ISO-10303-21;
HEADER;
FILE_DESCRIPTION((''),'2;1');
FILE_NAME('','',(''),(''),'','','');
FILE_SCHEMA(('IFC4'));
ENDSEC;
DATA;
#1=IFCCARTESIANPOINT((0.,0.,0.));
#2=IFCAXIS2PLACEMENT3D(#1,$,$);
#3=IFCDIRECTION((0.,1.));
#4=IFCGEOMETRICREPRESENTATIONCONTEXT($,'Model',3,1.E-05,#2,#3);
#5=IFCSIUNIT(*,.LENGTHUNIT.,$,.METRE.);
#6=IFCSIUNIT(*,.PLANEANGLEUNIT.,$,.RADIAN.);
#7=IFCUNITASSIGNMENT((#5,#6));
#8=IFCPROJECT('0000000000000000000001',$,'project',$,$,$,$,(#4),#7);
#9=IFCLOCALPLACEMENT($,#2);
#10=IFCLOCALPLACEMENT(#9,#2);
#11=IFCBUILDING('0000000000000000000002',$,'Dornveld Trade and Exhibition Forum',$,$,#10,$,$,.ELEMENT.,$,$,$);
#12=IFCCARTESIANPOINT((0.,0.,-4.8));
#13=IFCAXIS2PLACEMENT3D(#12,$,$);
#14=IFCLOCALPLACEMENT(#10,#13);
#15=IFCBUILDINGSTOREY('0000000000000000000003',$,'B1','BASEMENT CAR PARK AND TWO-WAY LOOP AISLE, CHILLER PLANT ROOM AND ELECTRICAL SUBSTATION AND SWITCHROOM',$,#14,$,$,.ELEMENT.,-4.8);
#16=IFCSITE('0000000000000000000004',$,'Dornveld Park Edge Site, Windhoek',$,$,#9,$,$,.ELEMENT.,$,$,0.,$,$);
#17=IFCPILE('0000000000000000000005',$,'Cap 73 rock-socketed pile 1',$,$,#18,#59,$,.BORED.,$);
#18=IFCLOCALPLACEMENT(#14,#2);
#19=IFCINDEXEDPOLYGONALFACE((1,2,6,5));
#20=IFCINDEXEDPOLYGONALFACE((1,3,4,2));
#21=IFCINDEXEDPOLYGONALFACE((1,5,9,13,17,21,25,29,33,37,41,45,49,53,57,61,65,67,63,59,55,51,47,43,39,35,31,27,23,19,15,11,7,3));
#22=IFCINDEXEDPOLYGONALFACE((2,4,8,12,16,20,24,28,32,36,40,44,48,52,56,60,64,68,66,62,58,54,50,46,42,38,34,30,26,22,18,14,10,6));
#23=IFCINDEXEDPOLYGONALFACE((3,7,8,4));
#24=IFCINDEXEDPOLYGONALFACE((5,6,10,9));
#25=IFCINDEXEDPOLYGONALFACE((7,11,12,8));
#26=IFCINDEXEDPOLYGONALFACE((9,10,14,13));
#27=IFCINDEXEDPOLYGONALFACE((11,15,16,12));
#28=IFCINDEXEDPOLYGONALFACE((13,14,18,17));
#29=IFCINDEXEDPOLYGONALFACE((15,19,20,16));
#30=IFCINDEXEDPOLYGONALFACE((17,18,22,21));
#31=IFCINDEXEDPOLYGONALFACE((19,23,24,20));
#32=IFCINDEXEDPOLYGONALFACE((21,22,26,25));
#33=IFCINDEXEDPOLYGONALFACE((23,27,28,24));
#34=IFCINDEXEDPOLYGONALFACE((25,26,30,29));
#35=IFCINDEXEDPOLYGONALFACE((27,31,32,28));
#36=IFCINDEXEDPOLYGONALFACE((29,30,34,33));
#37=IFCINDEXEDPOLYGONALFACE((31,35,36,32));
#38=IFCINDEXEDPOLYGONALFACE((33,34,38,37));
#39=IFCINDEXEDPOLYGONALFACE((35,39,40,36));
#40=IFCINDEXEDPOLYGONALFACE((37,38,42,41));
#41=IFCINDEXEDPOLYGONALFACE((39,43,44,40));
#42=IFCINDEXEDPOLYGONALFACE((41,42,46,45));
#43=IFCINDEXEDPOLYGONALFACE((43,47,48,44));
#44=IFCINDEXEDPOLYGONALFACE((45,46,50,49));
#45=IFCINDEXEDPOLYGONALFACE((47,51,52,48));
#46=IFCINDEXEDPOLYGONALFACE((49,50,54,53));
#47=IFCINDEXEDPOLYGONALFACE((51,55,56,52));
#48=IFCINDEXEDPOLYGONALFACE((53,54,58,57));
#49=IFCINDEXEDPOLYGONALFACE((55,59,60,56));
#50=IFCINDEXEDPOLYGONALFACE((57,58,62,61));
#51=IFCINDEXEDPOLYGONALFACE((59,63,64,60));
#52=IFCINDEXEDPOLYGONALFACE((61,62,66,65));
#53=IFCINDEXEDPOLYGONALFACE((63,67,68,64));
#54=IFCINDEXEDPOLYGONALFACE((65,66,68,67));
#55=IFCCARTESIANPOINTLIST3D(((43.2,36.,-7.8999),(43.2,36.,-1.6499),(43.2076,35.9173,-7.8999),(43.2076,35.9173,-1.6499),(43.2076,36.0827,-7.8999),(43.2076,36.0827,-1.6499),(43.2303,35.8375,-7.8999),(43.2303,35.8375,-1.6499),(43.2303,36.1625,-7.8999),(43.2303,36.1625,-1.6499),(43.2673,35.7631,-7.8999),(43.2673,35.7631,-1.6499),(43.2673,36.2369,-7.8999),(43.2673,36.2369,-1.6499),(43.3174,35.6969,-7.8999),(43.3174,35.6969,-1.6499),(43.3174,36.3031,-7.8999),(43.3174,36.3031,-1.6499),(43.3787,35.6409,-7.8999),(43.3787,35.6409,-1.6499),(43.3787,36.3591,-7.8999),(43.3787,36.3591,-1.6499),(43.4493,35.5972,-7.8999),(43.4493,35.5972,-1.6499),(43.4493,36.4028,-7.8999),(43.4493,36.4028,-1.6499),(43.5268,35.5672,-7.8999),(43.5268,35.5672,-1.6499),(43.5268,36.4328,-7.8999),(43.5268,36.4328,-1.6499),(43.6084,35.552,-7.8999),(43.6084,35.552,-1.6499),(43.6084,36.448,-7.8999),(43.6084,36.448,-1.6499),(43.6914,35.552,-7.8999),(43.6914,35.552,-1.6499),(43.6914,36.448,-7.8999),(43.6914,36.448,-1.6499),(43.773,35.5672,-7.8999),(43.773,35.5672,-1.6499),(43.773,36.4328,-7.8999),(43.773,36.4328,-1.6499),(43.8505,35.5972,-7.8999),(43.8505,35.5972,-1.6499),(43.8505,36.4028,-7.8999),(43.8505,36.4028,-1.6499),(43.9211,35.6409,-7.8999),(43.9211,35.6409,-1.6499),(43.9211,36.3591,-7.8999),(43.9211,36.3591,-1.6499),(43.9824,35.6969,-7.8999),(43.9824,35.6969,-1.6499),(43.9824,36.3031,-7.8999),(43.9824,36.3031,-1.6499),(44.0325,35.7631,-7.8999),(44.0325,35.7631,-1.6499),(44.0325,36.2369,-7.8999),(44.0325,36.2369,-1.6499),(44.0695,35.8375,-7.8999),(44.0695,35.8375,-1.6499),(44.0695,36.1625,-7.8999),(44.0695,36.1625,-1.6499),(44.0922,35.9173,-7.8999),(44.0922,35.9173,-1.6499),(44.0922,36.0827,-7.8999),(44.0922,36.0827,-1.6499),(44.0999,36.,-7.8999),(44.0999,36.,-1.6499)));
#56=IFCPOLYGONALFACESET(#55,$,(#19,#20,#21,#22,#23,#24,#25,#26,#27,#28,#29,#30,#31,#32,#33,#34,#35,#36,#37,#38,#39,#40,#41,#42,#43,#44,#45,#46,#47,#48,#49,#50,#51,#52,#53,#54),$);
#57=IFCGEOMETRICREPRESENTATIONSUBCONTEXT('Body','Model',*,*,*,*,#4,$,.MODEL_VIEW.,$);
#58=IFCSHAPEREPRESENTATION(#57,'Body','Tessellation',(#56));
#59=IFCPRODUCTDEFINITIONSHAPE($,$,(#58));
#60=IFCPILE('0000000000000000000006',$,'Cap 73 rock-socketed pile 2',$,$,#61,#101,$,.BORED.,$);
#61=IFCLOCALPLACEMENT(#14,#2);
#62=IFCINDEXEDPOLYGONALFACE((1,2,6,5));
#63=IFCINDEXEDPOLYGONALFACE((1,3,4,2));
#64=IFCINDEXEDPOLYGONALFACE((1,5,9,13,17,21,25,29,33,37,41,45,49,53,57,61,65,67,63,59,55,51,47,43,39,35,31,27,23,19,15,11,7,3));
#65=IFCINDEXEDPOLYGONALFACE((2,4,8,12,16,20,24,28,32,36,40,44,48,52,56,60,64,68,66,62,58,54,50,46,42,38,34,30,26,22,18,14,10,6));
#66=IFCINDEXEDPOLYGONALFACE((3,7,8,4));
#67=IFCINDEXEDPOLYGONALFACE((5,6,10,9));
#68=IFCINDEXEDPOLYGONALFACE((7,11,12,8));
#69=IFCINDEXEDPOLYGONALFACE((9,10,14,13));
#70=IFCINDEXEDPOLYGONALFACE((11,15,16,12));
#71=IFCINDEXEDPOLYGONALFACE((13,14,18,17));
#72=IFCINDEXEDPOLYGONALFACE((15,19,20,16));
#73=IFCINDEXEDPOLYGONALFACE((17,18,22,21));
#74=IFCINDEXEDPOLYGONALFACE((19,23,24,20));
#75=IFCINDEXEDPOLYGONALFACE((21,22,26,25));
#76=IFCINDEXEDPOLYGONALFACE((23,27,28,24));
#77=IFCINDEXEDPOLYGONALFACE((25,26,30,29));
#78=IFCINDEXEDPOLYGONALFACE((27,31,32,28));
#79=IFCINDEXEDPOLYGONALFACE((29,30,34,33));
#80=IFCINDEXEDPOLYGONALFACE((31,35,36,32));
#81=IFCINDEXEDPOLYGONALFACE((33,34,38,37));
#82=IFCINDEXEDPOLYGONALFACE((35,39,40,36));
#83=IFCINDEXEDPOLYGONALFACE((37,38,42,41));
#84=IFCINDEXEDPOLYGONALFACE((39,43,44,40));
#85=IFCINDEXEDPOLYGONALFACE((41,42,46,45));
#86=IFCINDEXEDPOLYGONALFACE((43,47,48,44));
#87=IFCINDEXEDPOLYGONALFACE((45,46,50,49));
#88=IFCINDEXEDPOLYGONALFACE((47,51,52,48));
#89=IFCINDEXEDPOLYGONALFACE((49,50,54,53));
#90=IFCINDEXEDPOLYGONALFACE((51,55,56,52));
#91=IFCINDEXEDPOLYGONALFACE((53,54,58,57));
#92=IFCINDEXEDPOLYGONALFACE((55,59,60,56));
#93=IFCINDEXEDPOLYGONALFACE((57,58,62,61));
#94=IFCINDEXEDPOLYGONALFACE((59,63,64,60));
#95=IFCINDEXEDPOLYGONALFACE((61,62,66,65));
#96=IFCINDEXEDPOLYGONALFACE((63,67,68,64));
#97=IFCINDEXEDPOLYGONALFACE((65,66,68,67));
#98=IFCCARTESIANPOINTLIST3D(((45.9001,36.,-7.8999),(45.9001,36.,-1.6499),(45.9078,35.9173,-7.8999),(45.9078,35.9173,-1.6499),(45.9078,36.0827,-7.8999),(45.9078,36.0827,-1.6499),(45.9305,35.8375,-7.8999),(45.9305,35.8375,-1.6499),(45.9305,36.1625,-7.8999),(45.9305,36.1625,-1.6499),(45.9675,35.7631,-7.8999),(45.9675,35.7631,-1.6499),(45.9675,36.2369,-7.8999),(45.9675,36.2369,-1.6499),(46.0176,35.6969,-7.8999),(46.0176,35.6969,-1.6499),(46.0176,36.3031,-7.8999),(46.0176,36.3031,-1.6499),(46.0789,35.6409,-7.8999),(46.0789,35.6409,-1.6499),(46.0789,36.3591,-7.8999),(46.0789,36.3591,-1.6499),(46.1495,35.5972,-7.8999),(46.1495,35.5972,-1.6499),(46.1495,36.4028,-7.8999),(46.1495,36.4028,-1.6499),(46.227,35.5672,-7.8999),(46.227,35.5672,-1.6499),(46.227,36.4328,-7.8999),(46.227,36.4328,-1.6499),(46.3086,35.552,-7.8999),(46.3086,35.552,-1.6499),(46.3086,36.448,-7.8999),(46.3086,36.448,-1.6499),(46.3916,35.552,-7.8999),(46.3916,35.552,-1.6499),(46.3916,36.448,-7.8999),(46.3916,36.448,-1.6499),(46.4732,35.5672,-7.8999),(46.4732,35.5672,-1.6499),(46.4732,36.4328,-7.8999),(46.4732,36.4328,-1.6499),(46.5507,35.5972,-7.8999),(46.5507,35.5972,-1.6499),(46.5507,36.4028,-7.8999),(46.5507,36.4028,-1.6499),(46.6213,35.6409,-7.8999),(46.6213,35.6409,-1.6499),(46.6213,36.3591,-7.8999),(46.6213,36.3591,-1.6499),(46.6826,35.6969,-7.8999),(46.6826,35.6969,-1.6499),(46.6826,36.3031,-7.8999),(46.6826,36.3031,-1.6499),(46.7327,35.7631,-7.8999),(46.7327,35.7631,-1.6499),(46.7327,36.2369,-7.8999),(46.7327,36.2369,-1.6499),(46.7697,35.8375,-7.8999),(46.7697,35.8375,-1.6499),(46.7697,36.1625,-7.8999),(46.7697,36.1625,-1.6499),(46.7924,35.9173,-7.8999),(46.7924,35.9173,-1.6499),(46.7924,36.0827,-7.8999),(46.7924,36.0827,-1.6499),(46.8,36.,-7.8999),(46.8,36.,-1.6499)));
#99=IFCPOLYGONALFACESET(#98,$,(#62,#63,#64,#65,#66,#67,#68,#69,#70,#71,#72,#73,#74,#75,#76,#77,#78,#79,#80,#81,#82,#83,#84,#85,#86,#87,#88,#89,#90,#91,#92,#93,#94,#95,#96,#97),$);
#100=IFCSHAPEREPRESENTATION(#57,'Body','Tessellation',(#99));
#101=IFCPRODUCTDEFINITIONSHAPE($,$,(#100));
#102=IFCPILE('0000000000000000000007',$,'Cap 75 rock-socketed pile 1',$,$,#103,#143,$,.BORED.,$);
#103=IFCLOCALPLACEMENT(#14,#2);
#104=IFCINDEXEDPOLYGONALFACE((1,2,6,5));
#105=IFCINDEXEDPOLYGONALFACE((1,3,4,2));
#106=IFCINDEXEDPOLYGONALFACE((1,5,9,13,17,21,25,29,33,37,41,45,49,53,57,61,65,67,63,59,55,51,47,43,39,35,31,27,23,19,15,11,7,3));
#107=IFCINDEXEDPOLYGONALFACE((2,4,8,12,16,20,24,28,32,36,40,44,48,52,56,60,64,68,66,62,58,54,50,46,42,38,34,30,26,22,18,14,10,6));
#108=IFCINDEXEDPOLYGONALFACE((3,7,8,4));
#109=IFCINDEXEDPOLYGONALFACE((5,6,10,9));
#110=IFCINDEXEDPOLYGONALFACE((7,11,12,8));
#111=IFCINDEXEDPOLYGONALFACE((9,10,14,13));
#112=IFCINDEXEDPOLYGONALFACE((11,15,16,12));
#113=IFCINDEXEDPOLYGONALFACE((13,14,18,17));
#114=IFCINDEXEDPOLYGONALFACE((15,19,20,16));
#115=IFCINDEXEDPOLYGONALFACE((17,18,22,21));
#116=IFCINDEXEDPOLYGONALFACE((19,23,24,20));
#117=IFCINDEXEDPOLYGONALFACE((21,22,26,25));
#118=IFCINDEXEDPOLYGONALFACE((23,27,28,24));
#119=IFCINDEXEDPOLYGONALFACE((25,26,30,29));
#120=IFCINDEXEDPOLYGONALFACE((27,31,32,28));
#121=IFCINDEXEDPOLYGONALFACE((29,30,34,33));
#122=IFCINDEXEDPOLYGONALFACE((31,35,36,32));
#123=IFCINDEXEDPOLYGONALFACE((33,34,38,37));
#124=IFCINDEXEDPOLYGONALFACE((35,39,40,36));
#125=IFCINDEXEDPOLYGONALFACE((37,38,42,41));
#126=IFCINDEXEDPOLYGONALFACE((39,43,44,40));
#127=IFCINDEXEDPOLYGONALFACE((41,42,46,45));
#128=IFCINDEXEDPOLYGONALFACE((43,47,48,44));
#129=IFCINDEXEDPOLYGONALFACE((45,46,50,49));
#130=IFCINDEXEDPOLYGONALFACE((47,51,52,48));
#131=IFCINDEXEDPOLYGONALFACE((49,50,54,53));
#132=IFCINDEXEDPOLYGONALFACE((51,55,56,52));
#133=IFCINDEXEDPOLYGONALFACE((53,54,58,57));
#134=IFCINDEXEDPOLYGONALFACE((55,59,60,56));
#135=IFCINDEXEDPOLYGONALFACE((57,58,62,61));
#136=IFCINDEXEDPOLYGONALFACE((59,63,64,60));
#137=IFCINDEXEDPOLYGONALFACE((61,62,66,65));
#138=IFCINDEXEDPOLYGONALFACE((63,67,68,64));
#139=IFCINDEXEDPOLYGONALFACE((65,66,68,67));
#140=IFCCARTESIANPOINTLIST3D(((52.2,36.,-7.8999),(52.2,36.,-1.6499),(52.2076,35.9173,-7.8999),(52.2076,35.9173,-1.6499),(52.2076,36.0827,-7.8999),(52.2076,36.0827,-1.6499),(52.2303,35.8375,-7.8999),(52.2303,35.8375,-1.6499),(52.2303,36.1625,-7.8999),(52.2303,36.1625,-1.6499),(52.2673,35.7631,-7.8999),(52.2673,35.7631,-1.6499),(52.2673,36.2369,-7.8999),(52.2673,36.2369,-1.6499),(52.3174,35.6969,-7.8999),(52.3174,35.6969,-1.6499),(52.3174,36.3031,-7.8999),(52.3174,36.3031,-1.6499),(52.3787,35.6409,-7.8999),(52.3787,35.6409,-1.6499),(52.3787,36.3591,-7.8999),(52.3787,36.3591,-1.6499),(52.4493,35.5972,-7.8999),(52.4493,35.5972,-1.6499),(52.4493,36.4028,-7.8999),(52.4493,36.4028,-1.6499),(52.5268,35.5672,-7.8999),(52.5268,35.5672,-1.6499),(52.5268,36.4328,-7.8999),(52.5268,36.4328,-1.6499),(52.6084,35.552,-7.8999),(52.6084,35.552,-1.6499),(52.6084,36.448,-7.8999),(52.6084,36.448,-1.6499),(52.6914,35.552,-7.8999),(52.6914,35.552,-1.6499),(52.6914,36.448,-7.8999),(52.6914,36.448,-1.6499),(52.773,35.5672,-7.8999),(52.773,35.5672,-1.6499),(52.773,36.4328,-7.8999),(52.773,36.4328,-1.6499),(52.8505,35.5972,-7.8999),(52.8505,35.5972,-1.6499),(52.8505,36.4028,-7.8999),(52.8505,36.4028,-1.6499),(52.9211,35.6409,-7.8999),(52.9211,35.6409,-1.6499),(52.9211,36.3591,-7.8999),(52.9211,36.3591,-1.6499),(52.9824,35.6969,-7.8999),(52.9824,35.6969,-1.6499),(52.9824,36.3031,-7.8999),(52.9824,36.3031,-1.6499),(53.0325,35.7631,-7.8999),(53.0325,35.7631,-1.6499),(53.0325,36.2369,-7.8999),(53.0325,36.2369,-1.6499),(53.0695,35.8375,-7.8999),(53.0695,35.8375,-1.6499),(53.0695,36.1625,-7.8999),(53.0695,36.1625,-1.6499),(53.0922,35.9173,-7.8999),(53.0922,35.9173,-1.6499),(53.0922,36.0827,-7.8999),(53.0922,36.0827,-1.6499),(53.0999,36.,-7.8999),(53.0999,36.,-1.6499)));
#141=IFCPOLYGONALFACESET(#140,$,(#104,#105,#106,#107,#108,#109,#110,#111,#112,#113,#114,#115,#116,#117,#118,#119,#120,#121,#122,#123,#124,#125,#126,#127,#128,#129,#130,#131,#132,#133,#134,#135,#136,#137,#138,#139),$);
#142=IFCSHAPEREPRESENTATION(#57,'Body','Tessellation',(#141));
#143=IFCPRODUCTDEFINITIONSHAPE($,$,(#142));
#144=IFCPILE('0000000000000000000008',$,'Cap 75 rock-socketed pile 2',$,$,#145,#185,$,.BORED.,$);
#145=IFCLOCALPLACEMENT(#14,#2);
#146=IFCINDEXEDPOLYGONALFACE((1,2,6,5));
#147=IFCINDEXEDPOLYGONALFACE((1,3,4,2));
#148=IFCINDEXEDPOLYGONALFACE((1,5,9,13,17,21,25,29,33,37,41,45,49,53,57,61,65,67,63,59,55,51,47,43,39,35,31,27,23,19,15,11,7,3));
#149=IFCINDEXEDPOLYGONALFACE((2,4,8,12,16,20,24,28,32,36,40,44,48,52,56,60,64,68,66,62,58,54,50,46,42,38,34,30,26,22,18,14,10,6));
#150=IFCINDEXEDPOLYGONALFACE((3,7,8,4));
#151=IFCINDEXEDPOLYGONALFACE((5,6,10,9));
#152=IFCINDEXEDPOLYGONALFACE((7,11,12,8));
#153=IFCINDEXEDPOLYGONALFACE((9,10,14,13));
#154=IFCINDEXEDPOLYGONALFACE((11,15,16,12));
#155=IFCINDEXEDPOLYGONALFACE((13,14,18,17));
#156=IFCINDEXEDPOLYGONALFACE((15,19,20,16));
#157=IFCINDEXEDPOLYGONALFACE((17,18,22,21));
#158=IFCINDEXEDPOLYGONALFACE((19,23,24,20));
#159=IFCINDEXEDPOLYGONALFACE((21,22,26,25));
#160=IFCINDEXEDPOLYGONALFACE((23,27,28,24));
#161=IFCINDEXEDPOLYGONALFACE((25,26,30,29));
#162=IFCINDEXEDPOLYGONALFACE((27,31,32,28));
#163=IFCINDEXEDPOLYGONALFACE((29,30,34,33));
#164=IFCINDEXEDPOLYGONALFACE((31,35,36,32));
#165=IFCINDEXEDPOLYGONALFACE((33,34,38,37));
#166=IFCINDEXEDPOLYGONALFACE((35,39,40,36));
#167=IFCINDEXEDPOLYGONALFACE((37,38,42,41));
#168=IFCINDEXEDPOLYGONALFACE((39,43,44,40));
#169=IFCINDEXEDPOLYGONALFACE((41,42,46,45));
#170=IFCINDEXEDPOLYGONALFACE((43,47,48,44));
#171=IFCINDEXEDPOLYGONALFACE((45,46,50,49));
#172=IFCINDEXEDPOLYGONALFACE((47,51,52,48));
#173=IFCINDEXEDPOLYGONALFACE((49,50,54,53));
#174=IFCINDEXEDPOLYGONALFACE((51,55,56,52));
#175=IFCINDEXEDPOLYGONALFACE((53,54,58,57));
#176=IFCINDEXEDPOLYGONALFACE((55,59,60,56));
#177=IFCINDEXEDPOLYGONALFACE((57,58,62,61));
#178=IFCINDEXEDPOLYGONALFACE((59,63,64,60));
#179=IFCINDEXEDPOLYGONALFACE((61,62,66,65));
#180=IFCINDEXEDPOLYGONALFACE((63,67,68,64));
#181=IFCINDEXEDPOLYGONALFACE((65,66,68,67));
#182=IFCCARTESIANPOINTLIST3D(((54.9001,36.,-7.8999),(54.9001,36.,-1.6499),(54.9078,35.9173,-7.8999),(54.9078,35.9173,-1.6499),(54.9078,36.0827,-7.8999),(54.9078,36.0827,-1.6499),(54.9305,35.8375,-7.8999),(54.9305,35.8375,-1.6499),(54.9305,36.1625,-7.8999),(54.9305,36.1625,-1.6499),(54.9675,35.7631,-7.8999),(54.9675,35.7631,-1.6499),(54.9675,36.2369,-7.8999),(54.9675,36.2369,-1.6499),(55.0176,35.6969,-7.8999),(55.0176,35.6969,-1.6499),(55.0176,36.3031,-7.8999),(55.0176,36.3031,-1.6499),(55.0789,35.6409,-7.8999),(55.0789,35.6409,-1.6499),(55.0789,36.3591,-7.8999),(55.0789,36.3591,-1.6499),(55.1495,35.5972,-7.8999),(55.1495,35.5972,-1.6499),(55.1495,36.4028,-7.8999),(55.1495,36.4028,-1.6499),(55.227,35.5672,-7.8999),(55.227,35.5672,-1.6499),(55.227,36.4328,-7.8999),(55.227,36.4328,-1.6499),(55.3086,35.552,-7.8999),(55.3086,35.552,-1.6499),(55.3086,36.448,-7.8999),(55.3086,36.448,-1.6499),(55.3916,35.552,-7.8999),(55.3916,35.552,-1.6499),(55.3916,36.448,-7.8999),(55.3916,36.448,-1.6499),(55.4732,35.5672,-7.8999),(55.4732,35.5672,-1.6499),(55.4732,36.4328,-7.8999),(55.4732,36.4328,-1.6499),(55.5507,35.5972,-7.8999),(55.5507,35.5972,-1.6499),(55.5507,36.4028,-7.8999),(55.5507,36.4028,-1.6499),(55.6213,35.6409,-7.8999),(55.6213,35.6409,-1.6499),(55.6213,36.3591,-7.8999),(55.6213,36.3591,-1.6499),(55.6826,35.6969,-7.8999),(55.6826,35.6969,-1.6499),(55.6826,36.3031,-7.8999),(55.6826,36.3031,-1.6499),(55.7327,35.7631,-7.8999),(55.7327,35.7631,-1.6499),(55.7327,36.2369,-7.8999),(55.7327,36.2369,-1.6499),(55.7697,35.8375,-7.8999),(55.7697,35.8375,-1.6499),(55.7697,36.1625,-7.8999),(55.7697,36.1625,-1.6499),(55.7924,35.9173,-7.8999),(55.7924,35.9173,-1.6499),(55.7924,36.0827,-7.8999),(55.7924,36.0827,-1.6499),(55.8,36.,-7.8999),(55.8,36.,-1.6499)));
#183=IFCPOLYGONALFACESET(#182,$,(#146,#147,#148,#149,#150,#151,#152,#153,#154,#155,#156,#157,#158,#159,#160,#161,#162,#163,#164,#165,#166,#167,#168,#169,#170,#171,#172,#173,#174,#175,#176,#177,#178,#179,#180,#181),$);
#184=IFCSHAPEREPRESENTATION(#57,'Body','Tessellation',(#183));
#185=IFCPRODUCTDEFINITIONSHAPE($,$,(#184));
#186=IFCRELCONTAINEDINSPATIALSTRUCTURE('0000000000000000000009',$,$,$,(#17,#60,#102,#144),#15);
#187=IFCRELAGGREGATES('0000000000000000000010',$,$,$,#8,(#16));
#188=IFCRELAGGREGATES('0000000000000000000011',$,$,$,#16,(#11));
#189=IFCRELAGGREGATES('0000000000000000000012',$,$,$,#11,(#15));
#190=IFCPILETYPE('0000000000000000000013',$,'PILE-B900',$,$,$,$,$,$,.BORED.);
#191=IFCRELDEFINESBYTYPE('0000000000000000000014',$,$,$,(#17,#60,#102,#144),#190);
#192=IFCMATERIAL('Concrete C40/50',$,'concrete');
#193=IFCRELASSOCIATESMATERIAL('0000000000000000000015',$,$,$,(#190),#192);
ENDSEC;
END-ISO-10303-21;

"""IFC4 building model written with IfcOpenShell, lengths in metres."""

from ifc_helpers import new_model, si_unit, direction, frame, origin, origin_2d, place, context, subcontext, project, spatial, circle, extrude, material, material_profile, profile_set, type_object, element, save


model = new_model("IFC4")

# Units and contexts
model_context = context("Model", 3, precision=1e-05, world=origin(), true_north=direction((0.0, 1.0)))
body_context = subcontext(model_context, "Body", "Model", "MODEL_VIEW")
ifc_project = project(units=[si_unit("LENGTHUNIT", "METRE"), si_unit("PLANEANGLEUNIT", "RADIAN")], contexts=[model_context])

# Site, building, storey
site_placement = place(None, origin())
site = spatial("IfcSite", under=ifc_project, at=site_placement, Name="Dornveld Park Edge Site, Windhoek", CompositionType="ELEMENT", RefElevation=0.0)
building_placement = place(site_placement, origin())
building = spatial("IfcBuilding", under=site, at=building_placement, Name="Dornveld Trade and Exhibition Forum", CompositionType="ELEMENT")
storey_placement = place(building_placement, frame((0.0, 0.0, -4.8)))
storey = spatial("IfcBuildingStorey", under=building, at=storey_placement, Name="B1", Description="BASEMENT CAR PARK AND TWO-WAY LOOP AISLE, CHILLER PLANT ROOM AND ELECTRICAL SUBSTATION AND SWITCHROOM", CompositionType="ELEMENT", Elevation=-4.8)

# Piles
ifc_material_1 = material(Name="Concrete C40/50", Category="concrete")
ifc_material_profile_1 = material_profile(ifc_material_1, circle(Radius=0.45, at=origin_2d()), Name="PILE D900")
ifc_profile_set_1 = profile_set([ifc_material_profile_1], Name="Concrete C40/50")
pile_type = type_object("IfcPileType", Name="PILE-B900", PredefinedType="BORED", material=ifc_profile_set_1)
for number, where, z_axis, x_axis, name in (
    (1, (43.6499, 36.0, -1.6499), (0.0, 0.0, -1.0), (1.0, 0.0, 0.0), "Cap 73 rock-socketed pile 1"),
    (2, (46.3501, 36.0, -1.6499), (0.0, 0.0, -1.0), (1.0, 0.0, 0.0), "Cap 73 rock-socketed pile 2"),
    (3, (52.6499, 36.0, -1.6499), (0.0, 0.0, -1.0), (1.0, 0.0, 0.0), "Cap 75 rock-socketed pile 1"),
    (4, (55.3501, 36.0, -1.6499), (0.0, 0.0, -1.0), (1.0, 0.0, 0.0), "Cap 75 rock-socketed pile 2"),
):
    element("IfcPile", number, at=place(storey_placement, frame(where, z_axis=z_axis, x_axis=x_axis)), inside=storey, type_object=pile_type, Name=name, PredefinedType="BORED", context=body_context, shape_type="SweptSolid", body=[
        extrude(circle(Radius=0.45, at=origin_2d()), origin(), (0.0, 0.0, 1.0), 6.25),
    ])

save(model, "model.ifc")
